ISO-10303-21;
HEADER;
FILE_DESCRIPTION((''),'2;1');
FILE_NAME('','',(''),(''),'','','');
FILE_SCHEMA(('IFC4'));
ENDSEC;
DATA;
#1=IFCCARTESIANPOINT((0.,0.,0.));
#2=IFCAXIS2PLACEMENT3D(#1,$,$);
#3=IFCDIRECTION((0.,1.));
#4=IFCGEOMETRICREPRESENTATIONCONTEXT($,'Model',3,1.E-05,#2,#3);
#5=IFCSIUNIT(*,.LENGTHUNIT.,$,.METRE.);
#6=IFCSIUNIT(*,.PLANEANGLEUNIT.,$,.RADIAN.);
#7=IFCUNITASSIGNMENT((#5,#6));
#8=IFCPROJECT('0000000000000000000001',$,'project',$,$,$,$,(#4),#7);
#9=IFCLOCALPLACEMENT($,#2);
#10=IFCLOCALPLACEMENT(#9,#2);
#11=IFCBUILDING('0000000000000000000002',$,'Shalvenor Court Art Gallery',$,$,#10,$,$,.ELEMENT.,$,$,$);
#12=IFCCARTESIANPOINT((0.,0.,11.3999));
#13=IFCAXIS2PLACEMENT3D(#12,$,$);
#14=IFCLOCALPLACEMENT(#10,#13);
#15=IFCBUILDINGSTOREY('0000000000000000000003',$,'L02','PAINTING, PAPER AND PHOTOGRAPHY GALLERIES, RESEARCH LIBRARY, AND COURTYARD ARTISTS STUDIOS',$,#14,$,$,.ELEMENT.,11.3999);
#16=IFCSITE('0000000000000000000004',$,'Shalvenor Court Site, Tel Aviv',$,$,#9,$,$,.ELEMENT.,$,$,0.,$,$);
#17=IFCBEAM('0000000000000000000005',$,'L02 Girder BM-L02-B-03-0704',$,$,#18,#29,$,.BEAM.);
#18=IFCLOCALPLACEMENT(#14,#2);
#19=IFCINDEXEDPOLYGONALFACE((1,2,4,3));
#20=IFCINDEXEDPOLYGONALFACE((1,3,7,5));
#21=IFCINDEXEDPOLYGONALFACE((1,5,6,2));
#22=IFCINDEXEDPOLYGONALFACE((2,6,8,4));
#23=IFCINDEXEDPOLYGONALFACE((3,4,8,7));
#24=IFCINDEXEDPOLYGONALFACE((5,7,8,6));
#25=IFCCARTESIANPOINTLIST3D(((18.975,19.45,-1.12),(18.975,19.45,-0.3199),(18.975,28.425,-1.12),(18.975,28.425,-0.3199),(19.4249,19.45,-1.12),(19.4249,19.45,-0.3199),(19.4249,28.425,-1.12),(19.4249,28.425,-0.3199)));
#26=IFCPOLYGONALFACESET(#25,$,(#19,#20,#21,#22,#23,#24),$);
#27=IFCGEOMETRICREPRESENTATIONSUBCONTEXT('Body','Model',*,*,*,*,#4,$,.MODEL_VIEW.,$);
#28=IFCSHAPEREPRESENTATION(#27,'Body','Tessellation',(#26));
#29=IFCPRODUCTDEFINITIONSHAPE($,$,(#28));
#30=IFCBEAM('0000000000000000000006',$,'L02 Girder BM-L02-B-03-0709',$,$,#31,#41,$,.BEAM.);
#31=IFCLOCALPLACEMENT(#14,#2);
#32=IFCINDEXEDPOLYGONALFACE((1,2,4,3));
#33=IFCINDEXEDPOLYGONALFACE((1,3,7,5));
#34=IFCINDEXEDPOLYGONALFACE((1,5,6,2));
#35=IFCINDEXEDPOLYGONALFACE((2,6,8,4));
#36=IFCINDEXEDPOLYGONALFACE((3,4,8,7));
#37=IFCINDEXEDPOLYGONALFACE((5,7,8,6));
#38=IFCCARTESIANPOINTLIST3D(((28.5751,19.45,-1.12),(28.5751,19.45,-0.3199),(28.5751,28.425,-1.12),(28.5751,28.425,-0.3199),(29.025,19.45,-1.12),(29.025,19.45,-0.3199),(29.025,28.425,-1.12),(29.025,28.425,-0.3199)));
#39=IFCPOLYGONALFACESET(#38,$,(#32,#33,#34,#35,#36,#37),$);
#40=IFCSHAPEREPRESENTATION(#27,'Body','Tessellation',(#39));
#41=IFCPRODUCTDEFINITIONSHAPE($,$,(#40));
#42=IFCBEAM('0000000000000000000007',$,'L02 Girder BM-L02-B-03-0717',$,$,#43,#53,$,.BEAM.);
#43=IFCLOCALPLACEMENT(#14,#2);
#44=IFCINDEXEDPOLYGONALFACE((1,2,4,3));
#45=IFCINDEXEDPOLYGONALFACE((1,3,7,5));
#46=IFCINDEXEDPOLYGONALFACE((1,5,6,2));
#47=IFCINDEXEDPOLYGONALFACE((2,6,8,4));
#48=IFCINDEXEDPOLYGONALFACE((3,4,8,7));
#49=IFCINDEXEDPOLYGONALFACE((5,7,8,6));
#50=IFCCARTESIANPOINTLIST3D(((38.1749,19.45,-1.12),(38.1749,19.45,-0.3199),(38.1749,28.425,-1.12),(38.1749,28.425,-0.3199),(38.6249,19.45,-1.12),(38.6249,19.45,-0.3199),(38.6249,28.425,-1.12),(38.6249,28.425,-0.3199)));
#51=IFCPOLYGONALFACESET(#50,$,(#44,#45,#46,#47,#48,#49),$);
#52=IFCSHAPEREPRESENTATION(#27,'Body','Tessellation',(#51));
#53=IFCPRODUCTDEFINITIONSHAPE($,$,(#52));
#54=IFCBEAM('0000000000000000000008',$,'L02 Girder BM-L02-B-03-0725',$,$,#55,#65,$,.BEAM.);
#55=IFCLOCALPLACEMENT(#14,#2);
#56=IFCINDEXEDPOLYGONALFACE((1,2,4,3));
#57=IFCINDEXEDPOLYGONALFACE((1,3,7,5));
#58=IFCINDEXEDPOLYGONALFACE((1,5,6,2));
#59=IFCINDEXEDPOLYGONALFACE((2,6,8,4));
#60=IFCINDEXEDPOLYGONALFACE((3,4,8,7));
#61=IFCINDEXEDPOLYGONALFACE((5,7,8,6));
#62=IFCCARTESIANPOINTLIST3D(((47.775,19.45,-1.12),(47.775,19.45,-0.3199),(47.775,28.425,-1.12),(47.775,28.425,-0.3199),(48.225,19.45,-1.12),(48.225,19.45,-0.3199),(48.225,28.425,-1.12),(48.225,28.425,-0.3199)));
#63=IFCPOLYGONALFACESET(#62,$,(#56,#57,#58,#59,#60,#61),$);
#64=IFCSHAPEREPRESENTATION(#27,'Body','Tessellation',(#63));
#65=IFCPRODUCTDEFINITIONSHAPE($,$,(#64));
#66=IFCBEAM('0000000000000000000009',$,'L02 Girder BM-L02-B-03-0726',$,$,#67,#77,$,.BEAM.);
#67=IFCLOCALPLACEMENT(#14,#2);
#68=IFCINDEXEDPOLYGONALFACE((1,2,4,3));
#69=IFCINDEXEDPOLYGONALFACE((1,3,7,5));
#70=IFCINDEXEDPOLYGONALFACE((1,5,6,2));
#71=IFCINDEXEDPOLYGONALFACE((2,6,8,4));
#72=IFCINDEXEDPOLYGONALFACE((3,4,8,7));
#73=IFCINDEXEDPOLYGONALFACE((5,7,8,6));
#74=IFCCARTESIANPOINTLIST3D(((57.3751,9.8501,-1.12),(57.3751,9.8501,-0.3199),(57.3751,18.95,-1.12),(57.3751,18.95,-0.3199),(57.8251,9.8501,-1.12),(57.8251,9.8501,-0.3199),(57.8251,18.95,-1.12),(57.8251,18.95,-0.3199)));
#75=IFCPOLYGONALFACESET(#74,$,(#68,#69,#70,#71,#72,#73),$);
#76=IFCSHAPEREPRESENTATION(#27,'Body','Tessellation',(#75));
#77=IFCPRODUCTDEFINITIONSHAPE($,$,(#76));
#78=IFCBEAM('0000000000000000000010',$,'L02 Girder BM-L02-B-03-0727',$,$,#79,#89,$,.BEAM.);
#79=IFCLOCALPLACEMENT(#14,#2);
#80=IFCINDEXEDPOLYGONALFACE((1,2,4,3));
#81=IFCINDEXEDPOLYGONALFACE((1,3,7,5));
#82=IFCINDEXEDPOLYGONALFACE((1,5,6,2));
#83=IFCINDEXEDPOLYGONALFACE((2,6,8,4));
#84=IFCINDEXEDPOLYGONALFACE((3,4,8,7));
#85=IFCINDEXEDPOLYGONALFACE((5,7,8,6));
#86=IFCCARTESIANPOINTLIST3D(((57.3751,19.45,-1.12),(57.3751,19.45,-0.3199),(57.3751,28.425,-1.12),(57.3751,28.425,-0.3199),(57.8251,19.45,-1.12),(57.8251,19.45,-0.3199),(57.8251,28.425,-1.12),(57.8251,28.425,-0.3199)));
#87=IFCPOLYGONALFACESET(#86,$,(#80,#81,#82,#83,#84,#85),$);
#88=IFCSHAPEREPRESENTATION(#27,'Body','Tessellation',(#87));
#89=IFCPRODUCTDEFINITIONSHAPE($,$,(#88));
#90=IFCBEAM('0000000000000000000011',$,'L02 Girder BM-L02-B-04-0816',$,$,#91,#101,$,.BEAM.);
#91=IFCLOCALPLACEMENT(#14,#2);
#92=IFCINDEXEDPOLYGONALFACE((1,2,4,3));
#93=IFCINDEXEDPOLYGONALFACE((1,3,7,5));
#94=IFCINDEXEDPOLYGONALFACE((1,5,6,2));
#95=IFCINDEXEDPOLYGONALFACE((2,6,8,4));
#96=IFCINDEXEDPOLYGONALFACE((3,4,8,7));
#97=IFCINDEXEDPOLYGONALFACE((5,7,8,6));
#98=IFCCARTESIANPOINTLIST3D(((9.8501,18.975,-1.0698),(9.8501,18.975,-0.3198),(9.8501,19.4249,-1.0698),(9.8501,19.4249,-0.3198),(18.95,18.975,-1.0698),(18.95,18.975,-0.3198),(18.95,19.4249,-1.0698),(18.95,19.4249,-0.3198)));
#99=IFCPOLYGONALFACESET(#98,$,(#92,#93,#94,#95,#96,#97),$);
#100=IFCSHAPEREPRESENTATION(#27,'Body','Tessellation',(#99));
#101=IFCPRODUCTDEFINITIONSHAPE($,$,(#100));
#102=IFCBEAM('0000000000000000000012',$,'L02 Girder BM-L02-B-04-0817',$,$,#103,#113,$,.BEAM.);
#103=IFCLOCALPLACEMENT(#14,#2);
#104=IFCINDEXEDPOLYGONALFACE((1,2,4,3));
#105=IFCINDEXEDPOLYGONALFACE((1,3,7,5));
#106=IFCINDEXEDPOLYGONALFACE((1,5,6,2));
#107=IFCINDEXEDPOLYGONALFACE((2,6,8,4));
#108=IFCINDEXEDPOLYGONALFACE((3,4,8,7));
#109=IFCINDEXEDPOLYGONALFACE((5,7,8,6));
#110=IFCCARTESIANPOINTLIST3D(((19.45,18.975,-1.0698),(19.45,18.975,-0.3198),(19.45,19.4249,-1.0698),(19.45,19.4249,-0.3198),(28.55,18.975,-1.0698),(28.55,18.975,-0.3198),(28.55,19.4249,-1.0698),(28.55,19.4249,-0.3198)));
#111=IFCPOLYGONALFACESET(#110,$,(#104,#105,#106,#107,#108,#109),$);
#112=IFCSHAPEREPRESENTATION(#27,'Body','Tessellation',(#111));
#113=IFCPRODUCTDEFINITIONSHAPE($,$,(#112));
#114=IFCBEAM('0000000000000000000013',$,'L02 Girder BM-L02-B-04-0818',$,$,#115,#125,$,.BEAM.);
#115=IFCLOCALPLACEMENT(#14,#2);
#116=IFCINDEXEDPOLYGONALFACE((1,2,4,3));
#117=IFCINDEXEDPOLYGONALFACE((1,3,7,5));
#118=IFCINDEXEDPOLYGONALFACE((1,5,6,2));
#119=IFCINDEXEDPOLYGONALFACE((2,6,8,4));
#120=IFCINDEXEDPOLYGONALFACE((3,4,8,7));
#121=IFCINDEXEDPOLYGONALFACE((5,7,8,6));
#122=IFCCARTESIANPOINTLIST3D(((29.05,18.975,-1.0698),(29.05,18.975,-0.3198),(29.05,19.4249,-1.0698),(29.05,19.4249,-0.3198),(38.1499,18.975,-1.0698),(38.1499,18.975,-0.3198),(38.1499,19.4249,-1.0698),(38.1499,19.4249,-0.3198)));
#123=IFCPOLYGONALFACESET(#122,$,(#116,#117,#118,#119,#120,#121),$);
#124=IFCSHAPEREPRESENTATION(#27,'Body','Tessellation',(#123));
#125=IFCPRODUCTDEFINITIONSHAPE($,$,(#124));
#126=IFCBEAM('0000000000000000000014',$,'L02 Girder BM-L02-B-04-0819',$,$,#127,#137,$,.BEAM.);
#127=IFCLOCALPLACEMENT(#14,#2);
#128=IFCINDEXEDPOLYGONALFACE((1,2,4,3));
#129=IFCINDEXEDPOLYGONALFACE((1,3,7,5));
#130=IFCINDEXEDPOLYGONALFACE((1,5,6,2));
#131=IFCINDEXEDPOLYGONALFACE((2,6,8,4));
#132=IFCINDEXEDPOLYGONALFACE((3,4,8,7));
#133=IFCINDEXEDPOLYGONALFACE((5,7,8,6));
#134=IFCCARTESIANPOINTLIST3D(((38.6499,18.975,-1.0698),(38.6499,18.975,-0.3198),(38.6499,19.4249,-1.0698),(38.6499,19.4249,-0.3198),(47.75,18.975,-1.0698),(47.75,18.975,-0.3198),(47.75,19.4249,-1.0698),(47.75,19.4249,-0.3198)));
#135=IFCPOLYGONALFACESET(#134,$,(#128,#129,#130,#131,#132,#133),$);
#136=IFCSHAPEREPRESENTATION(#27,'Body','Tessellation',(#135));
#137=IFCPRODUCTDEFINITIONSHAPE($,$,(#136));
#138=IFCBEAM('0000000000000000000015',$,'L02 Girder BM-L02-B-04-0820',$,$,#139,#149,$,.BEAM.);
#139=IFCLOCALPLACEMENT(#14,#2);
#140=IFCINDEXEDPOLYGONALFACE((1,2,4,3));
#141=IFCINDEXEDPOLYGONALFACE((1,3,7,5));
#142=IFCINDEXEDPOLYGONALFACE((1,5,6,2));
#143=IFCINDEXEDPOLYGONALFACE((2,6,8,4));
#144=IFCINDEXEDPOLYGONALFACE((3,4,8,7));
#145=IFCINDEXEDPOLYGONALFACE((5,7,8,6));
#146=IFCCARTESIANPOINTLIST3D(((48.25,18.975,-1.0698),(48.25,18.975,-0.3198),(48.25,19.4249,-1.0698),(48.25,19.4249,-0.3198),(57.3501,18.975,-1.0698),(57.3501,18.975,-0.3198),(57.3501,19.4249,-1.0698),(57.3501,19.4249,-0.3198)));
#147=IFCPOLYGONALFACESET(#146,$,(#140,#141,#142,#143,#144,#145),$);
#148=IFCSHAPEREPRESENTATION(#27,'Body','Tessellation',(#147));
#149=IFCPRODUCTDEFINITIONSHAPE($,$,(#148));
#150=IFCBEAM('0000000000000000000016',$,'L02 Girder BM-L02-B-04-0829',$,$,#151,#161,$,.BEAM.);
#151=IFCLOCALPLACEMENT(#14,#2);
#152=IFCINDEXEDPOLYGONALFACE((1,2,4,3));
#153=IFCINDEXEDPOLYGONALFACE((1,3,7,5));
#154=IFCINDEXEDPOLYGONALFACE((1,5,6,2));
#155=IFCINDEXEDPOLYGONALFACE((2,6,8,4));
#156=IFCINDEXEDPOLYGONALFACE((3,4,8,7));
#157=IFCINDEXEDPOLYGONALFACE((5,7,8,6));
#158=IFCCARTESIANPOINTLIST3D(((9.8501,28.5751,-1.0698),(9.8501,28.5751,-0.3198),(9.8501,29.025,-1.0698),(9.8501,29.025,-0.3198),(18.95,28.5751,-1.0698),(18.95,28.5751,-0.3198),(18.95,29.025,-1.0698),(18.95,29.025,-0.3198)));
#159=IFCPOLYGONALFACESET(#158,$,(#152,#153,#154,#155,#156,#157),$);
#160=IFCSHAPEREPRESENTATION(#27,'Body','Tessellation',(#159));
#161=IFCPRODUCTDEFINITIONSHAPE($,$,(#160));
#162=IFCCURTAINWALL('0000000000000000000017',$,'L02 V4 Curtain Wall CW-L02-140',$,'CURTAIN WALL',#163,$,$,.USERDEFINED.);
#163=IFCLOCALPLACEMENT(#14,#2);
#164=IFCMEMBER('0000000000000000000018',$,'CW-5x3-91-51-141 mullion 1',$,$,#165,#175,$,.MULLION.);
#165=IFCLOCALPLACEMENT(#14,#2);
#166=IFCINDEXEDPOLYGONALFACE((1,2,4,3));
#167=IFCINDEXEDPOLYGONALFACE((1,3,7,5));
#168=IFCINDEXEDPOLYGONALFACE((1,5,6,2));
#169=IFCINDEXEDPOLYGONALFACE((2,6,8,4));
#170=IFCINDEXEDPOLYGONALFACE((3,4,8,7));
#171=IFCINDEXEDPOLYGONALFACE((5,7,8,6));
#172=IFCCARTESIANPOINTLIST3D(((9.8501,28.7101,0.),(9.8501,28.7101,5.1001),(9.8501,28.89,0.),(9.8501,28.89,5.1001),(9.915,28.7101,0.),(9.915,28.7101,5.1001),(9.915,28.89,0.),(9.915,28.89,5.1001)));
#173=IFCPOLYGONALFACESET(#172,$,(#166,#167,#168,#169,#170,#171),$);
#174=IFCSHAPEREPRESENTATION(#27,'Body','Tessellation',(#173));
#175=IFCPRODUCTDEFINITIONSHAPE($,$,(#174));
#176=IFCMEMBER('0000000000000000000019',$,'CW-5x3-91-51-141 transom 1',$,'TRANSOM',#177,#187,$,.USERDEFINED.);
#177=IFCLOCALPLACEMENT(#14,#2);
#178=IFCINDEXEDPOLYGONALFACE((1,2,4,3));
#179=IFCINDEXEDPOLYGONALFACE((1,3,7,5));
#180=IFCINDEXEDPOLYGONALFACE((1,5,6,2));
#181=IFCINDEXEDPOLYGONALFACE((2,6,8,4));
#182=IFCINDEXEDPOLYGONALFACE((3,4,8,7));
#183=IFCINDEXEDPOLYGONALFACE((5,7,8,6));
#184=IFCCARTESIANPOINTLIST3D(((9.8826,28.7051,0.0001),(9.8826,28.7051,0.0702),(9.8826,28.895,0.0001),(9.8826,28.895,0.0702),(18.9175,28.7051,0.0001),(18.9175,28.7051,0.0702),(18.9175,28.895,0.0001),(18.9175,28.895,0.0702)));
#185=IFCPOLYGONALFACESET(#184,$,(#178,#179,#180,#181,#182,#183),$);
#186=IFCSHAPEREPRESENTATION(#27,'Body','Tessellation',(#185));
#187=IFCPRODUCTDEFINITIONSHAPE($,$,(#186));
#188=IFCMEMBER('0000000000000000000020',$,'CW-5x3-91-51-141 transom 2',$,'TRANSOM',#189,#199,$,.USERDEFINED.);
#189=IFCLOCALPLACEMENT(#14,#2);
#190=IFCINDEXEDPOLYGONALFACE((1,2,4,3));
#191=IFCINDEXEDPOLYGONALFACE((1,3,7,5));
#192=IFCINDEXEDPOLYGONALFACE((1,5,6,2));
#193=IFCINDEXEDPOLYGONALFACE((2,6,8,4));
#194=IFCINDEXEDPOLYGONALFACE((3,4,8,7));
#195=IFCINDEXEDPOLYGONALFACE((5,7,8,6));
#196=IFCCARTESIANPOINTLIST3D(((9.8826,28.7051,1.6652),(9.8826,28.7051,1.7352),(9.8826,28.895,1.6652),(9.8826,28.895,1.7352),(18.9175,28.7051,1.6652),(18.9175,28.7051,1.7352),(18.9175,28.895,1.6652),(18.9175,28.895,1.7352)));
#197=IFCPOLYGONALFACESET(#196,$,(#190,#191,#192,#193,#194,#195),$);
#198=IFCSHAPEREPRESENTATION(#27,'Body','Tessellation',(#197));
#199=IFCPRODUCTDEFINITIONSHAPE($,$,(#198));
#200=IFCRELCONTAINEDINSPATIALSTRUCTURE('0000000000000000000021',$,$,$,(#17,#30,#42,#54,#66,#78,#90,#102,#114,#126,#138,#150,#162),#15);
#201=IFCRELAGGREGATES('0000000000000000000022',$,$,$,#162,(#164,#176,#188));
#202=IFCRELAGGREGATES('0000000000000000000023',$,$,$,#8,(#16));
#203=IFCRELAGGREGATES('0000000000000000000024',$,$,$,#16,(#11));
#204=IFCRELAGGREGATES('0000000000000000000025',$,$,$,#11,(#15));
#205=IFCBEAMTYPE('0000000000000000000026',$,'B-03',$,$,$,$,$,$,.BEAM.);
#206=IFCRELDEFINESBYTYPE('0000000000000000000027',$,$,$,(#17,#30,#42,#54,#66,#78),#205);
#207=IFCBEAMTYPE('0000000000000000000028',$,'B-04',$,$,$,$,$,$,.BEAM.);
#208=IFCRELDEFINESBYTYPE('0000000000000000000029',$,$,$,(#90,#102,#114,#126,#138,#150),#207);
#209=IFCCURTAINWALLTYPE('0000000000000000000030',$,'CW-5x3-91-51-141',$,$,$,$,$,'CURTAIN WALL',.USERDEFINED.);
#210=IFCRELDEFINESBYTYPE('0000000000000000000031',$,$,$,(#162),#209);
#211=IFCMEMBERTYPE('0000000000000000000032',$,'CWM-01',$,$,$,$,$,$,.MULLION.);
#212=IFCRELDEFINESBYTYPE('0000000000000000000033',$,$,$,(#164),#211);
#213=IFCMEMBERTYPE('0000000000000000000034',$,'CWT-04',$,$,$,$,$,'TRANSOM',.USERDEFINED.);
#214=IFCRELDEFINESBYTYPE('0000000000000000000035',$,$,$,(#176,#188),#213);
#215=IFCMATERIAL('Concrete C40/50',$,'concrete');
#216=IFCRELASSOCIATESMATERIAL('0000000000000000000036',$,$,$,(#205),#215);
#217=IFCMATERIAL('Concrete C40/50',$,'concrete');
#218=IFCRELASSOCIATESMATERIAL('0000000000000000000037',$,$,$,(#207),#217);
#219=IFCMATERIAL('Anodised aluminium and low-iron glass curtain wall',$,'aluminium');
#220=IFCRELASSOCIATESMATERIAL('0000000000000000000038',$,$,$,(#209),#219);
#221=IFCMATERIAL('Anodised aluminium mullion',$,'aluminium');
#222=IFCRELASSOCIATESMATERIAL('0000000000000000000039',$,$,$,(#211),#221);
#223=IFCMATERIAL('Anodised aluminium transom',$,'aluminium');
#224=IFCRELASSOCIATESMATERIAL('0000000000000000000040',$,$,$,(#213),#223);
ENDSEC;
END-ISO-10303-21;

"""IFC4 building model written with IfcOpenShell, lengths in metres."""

from ifc_helpers import new_model, si_unit, direction, frame, origin, origin_2d, place, context, subcontext, project, spatial, rectangle, extrude, material, material_profile, profile_set, type_object, element, aggregate, save


model = new_model("IFC4")

# Units and contexts
model_context = context("Model", 3, precision=1e-05, world=origin(), true_north=direction((0.0, 1.0)))
body_context = subcontext(model_context, "Body", "Model", "MODEL_VIEW")
ifc_project = project(units=[si_unit("LENGTHUNIT", "METRE"), si_unit("PLANEANGLEUNIT", "RADIAN")], contexts=[model_context])

# Site, building, storey
site_placement = place(None, origin())
site = spatial("IfcSite", under=ifc_project, at=site_placement, Name="Shalvenor Court Site, Tel Aviv", CompositionType="ELEMENT", RefElevation=0.0)
building_placement = place(site_placement, origin())
building = spatial("IfcBuilding", under=site, at=building_placement, Name="Shalvenor Court Art Gallery", CompositionType="ELEMENT")
storey_placement = place(building_placement, frame((0.0, 0.0, 11.3999)))
storey = spatial("IfcBuildingStorey", under=building, at=storey_placement, Name="L02", Description="PAINTING, PAPER AND PHOTOGRAPHY GALLERIES, RESEARCH LIBRARY, AND COURTYARD ARTISTS STUDIOS", CompositionType="ELEMENT", Elevation=11.3999)

# Beams
ifc_material_1 = material(Name="Concrete C40/50", Category="concrete")
ifc_material_profile_1 = material_profile(ifc_material_1, rectangle(XDim=0.45, YDim=0.8, at=origin_2d()), Name="RC 450x800")
ifc_profile_set_1 = profile_set([ifc_material_profile_1], Name="Concrete C40/50")
beam_type_1 = type_object("IfcBeamType", Name="B-03", PredefinedType="BEAM", material=ifc_profile_set_1)
for number, where, z_axis, x_axis, name in (
    (1, (19.2, 19.45, -0.72), (0.0, 1.0, 0.0), (-1.0, 0.0, 0.0), "L02 Girder BM-L02-B-03-0704"),
    (2, (28.8, 19.45, -0.72), (0.0, 1.0, 0.0), (-1.0, 0.0, 0.0), "L02 Girder BM-L02-B-03-0709"),
    (3, (38.3999, 19.45, -0.72), (0.0, 1.0, 0.0), (-1.0, 0.0, 0.0), "L02 Girder BM-L02-B-03-0717"),
    (4, (48.0, 19.45, -0.72), (0.0, 1.0, 0.0), (-1.0, 0.0, 0.0), "L02 Girder BM-L02-B-03-0725"),
):
    element("IfcBeam", number, at=place(storey_placement, frame(where, z_axis=z_axis, x_axis=x_axis)), inside=storey, type_object=beam_type_1, Name=name, PredefinedType="BEAM", context=body_context, shape_type="SweptSolid", body=[
        extrude(rectangle(XDim=0.45, YDim=0.8, at=origin_2d()), origin(), (0.0, 0.0, 1.0), 8.9751),
    ])
beam_1_placement = place(storey_placement, frame((57.6001, 9.8501, -0.72), z_axis=(0.0, 1.0, 0.0), x_axis=(-1.0, 0.0, 0.0)))
element("IfcBeam", 5, at=beam_1_placement, inside=storey, type_object=beam_type_1, Name="L02 Girder BM-L02-B-03-0726", PredefinedType="BEAM", context=body_context, shape_type="SweptSolid", body=[
    extrude(rectangle(XDim=0.45, YDim=0.8, at=origin_2d()), origin(), (0.0, 0.0, 1.0), 9.0999),
])
beam_2_placement = place(storey_placement, frame((57.6001, 19.45, -0.72), z_axis=(0.0, 1.0, 0.0), x_axis=(-1.0, 0.0, 0.0)))
element("IfcBeam", 6, at=beam_2_placement, inside=storey, type_object=beam_type_1, Name="L02 Girder BM-L02-B-03-0727", PredefinedType="BEAM", context=body_context, shape_type="SweptSolid", body=[
    extrude(rectangle(XDim=0.45, YDim=0.8, at=origin_2d()), origin(), (0.0, 0.0, 1.0), 8.9751),
])
ifc_material_2 = material(Name="Concrete C40/50", Category="concrete")
ifc_material_profile_2 = material_profile(ifc_material_2, rectangle(XDim=0.45, YDim=0.75, at=origin_2d()), Name="RC 450x750")
ifc_profile_set_2 = profile_set([ifc_material_profile_2], Name="Concrete C40/50")
beam_type_2 = type_object("IfcBeamType", Name="B-04", PredefinedType="BEAM", material=ifc_profile_set_2)
beam_3_placement = place(storey_placement, frame((9.8501, 19.2, -0.6948), z_axis=(1.0, 0.0, 0.0), x_axis=(0.0, 1.0, 0.0)))
element("IfcBeam", 7, at=beam_3_placement, inside=storey, type_object=beam_type_2, Name="L02 Girder BM-L02-B-04-0816", PredefinedType="BEAM", context=body_context, shape_type="SweptSolid", body=[
    extrude(rectangle(XDim=0.45, YDim=0.75, at=origin_2d()), origin(), (0.0, 0.0, 1.0), 9.0999),
])
beam_4_placement = place(storey_placement, frame((19.45, 19.2, -0.6948), z_axis=(1.0, 0.0, 0.0), x_axis=(0.0, 1.0, 0.0)))
element("IfcBeam", 8, at=beam_4_placement, inside=storey, type_object=beam_type_2, Name="L02 Girder BM-L02-B-04-0817", PredefinedType="BEAM", context=body_context, shape_type="SweptSolid", body=[
    extrude(rectangle(XDim=0.45, YDim=0.75, at=origin_2d()), origin(), (0.0, 0.0, 1.0), 9.1001),
])
beam_5_placement = place(storey_placement, frame((29.05, 19.2, -0.6948), z_axis=(1.0, 0.0, 0.0), x_axis=(0.0, 1.0, 0.0)))
element("IfcBeam", 9, at=beam_5_placement, inside=storey, type_object=beam_type_2, Name="L02 Girder BM-L02-B-04-0818", PredefinedType="BEAM", context=body_context, shape_type="SweptSolid", body=[
    extrude(rectangle(XDim=0.45, YDim=0.75, at=origin_2d()), origin(), (0.0, 0.0, 1.0), 9.0999),
])
for number, where, z_axis, x_axis, name in (
    (10, (38.6499, 19.2, -0.6948), (1.0, 0.0, 0.0), (0.0, 1.0, 0.0), "L02 Girder BM-L02-B-04-0819"),
    (11, (48.25, 19.2, -0.6948), (1.0, 0.0, 0.0), (0.0, 1.0, 0.0), "L02 Girder BM-L02-B-04-0820"),
):
    element("IfcBeam", number, at=place(storey_placement, frame(where, z_axis=z_axis, x_axis=x_axis)), inside=storey, type_object=beam_type_2, Name=name, PredefinedType="BEAM", context=body_context, shape_type="SweptSolid", body=[
        extrude(rectangle(XDim=0.45, YDim=0.75, at=origin_2d()), origin(), (0.0, 0.0, 1.0), 9.1001),
    ])
beam_6_placement = place(storey_placement, frame((9.8501, 28.8, -0.6948), z_axis=(1.0, 0.0, 0.0), x_axis=(0.0, 1.0, 0.0)))
element("IfcBeam", 12, at=beam_6_placement, inside=storey, type_object=beam_type_2, Name="L02 Girder BM-L02-B-04-0829", PredefinedType="BEAM", context=body_context, shape_type="SweptSolid", body=[
    extrude(rectangle(XDim=0.45, YDim=0.75, at=origin_2d()), origin(), (0.0, 0.0, 1.0), 9.0999),
])

# Curtain wall, members
ifc_material_3 = material(Name="Anodised aluminium and low-iron glass curtain wall", Category="aluminium")
curtain_wall_type = type_object("IfcCurtainWallType", Name="CW-5x3-91-51-141", ElementType="CURTAIN WALL", PredefinedType="USERDEFINED", material=ifc_material_3)
curtain_wall_placement = place(storey_placement, origin())
curtain_wall = element("IfcCurtainWall", 13, at=curtain_wall_placement, inside=storey, type_object=curtain_wall_type, Name="L02 V4 Curtain Wall CW-L02-140", ObjectType="CURTAIN WALL", PredefinedType="USERDEFINED")
ifc_material_4 = material(Name="Anodised aluminium mullion", Category="aluminium")
ifc_material_profile_3 = material_profile(ifc_material_4, rectangle(XDim=0.0649, YDim=0.1799, at=origin_2d()), Name="CWM-01")
ifc_profile_set_3 = profile_set([ifc_material_profile_3], Name="Anodised aluminium mullion")
member_type_1 = type_object("IfcMemberType", Name="CWM-01", PredefinedType="MULLION", material=ifc_profile_set_3)
member_1_placement = place(storey_placement, frame((9.8826, 28.8, 0.0), z_axis=(0.0, 0.0, 1.0), x_axis=(1.0, 0.0, 0.0)))
member_1 = element("IfcMember", 14, at=member_1_placement, type_object=member_type_1, Name="CW-5x3-91-51-141 mullion 1", PredefinedType="MULLION", context=body_context, shape_type="SweptSolid", body=[
    extrude(rectangle(XDim=0.0649, YDim=0.1799, at=origin_2d()), origin(), (0.0, 0.0, 1.0), 5.1001),
])
ifc_material_5 = material(Name="Anodised aluminium transom", Category="aluminium")
ifc_material_profile_4 = material_profile(ifc_material_5, rectangle(XDim=0.1899, YDim=0.0701, at=origin_2d()), Name="CWT-04")
ifc_profile_set_4 = profile_set([ifc_material_profile_4], Name="Anodised aluminium transom")
member_type_2 = type_object("IfcMemberType", Name="CWT-04", ElementType="TRANSOM", PredefinedType="USERDEFINED", material=ifc_profile_set_4)
member_2_placement = place(storey_placement, frame((9.8826, 28.8, 0.0352), z_axis=(1.0, 0.0, 0.0), x_axis=(0.0, 1.0, 0.0)))
member_2 = element("IfcMember", 15, at=member_2_placement, type_object=member_type_2, Name="CW-5x3-91-51-141 transom 1", ObjectType="TRANSOM", PredefinedType="USERDEFINED", context=body_context, shape_type="SweptSolid", body=[
    extrude(rectangle(XDim=0.1899, YDim=0.0701, at=origin_2d()), origin(), (0.0, 0.0, 1.0), 9.0349),
])
member_3_placement = place(storey_placement, frame((9.8826, 28.8, 1.7002), z_axis=(1.0, 0.0, 0.0), x_axis=(0.0, 1.0, 0.0)))
member_3 = element("IfcMember", 16, at=member_3_placement, type_object=member_type_2, Name="CW-5x3-91-51-141 transom 2", ObjectType="TRANSOM", PredefinedType="USERDEFINED", context=body_context, shape_type="SweptSolid", body=[
    extrude(rectangle(XDim=0.1899, YDim=0.0701, at=origin_2d()), origin(), (0.0, 0.0, 1.0), 9.0349),
])

aggregate(curtain_wall, [member_1, member_2, member_3])

save(model, "model.ifc")
